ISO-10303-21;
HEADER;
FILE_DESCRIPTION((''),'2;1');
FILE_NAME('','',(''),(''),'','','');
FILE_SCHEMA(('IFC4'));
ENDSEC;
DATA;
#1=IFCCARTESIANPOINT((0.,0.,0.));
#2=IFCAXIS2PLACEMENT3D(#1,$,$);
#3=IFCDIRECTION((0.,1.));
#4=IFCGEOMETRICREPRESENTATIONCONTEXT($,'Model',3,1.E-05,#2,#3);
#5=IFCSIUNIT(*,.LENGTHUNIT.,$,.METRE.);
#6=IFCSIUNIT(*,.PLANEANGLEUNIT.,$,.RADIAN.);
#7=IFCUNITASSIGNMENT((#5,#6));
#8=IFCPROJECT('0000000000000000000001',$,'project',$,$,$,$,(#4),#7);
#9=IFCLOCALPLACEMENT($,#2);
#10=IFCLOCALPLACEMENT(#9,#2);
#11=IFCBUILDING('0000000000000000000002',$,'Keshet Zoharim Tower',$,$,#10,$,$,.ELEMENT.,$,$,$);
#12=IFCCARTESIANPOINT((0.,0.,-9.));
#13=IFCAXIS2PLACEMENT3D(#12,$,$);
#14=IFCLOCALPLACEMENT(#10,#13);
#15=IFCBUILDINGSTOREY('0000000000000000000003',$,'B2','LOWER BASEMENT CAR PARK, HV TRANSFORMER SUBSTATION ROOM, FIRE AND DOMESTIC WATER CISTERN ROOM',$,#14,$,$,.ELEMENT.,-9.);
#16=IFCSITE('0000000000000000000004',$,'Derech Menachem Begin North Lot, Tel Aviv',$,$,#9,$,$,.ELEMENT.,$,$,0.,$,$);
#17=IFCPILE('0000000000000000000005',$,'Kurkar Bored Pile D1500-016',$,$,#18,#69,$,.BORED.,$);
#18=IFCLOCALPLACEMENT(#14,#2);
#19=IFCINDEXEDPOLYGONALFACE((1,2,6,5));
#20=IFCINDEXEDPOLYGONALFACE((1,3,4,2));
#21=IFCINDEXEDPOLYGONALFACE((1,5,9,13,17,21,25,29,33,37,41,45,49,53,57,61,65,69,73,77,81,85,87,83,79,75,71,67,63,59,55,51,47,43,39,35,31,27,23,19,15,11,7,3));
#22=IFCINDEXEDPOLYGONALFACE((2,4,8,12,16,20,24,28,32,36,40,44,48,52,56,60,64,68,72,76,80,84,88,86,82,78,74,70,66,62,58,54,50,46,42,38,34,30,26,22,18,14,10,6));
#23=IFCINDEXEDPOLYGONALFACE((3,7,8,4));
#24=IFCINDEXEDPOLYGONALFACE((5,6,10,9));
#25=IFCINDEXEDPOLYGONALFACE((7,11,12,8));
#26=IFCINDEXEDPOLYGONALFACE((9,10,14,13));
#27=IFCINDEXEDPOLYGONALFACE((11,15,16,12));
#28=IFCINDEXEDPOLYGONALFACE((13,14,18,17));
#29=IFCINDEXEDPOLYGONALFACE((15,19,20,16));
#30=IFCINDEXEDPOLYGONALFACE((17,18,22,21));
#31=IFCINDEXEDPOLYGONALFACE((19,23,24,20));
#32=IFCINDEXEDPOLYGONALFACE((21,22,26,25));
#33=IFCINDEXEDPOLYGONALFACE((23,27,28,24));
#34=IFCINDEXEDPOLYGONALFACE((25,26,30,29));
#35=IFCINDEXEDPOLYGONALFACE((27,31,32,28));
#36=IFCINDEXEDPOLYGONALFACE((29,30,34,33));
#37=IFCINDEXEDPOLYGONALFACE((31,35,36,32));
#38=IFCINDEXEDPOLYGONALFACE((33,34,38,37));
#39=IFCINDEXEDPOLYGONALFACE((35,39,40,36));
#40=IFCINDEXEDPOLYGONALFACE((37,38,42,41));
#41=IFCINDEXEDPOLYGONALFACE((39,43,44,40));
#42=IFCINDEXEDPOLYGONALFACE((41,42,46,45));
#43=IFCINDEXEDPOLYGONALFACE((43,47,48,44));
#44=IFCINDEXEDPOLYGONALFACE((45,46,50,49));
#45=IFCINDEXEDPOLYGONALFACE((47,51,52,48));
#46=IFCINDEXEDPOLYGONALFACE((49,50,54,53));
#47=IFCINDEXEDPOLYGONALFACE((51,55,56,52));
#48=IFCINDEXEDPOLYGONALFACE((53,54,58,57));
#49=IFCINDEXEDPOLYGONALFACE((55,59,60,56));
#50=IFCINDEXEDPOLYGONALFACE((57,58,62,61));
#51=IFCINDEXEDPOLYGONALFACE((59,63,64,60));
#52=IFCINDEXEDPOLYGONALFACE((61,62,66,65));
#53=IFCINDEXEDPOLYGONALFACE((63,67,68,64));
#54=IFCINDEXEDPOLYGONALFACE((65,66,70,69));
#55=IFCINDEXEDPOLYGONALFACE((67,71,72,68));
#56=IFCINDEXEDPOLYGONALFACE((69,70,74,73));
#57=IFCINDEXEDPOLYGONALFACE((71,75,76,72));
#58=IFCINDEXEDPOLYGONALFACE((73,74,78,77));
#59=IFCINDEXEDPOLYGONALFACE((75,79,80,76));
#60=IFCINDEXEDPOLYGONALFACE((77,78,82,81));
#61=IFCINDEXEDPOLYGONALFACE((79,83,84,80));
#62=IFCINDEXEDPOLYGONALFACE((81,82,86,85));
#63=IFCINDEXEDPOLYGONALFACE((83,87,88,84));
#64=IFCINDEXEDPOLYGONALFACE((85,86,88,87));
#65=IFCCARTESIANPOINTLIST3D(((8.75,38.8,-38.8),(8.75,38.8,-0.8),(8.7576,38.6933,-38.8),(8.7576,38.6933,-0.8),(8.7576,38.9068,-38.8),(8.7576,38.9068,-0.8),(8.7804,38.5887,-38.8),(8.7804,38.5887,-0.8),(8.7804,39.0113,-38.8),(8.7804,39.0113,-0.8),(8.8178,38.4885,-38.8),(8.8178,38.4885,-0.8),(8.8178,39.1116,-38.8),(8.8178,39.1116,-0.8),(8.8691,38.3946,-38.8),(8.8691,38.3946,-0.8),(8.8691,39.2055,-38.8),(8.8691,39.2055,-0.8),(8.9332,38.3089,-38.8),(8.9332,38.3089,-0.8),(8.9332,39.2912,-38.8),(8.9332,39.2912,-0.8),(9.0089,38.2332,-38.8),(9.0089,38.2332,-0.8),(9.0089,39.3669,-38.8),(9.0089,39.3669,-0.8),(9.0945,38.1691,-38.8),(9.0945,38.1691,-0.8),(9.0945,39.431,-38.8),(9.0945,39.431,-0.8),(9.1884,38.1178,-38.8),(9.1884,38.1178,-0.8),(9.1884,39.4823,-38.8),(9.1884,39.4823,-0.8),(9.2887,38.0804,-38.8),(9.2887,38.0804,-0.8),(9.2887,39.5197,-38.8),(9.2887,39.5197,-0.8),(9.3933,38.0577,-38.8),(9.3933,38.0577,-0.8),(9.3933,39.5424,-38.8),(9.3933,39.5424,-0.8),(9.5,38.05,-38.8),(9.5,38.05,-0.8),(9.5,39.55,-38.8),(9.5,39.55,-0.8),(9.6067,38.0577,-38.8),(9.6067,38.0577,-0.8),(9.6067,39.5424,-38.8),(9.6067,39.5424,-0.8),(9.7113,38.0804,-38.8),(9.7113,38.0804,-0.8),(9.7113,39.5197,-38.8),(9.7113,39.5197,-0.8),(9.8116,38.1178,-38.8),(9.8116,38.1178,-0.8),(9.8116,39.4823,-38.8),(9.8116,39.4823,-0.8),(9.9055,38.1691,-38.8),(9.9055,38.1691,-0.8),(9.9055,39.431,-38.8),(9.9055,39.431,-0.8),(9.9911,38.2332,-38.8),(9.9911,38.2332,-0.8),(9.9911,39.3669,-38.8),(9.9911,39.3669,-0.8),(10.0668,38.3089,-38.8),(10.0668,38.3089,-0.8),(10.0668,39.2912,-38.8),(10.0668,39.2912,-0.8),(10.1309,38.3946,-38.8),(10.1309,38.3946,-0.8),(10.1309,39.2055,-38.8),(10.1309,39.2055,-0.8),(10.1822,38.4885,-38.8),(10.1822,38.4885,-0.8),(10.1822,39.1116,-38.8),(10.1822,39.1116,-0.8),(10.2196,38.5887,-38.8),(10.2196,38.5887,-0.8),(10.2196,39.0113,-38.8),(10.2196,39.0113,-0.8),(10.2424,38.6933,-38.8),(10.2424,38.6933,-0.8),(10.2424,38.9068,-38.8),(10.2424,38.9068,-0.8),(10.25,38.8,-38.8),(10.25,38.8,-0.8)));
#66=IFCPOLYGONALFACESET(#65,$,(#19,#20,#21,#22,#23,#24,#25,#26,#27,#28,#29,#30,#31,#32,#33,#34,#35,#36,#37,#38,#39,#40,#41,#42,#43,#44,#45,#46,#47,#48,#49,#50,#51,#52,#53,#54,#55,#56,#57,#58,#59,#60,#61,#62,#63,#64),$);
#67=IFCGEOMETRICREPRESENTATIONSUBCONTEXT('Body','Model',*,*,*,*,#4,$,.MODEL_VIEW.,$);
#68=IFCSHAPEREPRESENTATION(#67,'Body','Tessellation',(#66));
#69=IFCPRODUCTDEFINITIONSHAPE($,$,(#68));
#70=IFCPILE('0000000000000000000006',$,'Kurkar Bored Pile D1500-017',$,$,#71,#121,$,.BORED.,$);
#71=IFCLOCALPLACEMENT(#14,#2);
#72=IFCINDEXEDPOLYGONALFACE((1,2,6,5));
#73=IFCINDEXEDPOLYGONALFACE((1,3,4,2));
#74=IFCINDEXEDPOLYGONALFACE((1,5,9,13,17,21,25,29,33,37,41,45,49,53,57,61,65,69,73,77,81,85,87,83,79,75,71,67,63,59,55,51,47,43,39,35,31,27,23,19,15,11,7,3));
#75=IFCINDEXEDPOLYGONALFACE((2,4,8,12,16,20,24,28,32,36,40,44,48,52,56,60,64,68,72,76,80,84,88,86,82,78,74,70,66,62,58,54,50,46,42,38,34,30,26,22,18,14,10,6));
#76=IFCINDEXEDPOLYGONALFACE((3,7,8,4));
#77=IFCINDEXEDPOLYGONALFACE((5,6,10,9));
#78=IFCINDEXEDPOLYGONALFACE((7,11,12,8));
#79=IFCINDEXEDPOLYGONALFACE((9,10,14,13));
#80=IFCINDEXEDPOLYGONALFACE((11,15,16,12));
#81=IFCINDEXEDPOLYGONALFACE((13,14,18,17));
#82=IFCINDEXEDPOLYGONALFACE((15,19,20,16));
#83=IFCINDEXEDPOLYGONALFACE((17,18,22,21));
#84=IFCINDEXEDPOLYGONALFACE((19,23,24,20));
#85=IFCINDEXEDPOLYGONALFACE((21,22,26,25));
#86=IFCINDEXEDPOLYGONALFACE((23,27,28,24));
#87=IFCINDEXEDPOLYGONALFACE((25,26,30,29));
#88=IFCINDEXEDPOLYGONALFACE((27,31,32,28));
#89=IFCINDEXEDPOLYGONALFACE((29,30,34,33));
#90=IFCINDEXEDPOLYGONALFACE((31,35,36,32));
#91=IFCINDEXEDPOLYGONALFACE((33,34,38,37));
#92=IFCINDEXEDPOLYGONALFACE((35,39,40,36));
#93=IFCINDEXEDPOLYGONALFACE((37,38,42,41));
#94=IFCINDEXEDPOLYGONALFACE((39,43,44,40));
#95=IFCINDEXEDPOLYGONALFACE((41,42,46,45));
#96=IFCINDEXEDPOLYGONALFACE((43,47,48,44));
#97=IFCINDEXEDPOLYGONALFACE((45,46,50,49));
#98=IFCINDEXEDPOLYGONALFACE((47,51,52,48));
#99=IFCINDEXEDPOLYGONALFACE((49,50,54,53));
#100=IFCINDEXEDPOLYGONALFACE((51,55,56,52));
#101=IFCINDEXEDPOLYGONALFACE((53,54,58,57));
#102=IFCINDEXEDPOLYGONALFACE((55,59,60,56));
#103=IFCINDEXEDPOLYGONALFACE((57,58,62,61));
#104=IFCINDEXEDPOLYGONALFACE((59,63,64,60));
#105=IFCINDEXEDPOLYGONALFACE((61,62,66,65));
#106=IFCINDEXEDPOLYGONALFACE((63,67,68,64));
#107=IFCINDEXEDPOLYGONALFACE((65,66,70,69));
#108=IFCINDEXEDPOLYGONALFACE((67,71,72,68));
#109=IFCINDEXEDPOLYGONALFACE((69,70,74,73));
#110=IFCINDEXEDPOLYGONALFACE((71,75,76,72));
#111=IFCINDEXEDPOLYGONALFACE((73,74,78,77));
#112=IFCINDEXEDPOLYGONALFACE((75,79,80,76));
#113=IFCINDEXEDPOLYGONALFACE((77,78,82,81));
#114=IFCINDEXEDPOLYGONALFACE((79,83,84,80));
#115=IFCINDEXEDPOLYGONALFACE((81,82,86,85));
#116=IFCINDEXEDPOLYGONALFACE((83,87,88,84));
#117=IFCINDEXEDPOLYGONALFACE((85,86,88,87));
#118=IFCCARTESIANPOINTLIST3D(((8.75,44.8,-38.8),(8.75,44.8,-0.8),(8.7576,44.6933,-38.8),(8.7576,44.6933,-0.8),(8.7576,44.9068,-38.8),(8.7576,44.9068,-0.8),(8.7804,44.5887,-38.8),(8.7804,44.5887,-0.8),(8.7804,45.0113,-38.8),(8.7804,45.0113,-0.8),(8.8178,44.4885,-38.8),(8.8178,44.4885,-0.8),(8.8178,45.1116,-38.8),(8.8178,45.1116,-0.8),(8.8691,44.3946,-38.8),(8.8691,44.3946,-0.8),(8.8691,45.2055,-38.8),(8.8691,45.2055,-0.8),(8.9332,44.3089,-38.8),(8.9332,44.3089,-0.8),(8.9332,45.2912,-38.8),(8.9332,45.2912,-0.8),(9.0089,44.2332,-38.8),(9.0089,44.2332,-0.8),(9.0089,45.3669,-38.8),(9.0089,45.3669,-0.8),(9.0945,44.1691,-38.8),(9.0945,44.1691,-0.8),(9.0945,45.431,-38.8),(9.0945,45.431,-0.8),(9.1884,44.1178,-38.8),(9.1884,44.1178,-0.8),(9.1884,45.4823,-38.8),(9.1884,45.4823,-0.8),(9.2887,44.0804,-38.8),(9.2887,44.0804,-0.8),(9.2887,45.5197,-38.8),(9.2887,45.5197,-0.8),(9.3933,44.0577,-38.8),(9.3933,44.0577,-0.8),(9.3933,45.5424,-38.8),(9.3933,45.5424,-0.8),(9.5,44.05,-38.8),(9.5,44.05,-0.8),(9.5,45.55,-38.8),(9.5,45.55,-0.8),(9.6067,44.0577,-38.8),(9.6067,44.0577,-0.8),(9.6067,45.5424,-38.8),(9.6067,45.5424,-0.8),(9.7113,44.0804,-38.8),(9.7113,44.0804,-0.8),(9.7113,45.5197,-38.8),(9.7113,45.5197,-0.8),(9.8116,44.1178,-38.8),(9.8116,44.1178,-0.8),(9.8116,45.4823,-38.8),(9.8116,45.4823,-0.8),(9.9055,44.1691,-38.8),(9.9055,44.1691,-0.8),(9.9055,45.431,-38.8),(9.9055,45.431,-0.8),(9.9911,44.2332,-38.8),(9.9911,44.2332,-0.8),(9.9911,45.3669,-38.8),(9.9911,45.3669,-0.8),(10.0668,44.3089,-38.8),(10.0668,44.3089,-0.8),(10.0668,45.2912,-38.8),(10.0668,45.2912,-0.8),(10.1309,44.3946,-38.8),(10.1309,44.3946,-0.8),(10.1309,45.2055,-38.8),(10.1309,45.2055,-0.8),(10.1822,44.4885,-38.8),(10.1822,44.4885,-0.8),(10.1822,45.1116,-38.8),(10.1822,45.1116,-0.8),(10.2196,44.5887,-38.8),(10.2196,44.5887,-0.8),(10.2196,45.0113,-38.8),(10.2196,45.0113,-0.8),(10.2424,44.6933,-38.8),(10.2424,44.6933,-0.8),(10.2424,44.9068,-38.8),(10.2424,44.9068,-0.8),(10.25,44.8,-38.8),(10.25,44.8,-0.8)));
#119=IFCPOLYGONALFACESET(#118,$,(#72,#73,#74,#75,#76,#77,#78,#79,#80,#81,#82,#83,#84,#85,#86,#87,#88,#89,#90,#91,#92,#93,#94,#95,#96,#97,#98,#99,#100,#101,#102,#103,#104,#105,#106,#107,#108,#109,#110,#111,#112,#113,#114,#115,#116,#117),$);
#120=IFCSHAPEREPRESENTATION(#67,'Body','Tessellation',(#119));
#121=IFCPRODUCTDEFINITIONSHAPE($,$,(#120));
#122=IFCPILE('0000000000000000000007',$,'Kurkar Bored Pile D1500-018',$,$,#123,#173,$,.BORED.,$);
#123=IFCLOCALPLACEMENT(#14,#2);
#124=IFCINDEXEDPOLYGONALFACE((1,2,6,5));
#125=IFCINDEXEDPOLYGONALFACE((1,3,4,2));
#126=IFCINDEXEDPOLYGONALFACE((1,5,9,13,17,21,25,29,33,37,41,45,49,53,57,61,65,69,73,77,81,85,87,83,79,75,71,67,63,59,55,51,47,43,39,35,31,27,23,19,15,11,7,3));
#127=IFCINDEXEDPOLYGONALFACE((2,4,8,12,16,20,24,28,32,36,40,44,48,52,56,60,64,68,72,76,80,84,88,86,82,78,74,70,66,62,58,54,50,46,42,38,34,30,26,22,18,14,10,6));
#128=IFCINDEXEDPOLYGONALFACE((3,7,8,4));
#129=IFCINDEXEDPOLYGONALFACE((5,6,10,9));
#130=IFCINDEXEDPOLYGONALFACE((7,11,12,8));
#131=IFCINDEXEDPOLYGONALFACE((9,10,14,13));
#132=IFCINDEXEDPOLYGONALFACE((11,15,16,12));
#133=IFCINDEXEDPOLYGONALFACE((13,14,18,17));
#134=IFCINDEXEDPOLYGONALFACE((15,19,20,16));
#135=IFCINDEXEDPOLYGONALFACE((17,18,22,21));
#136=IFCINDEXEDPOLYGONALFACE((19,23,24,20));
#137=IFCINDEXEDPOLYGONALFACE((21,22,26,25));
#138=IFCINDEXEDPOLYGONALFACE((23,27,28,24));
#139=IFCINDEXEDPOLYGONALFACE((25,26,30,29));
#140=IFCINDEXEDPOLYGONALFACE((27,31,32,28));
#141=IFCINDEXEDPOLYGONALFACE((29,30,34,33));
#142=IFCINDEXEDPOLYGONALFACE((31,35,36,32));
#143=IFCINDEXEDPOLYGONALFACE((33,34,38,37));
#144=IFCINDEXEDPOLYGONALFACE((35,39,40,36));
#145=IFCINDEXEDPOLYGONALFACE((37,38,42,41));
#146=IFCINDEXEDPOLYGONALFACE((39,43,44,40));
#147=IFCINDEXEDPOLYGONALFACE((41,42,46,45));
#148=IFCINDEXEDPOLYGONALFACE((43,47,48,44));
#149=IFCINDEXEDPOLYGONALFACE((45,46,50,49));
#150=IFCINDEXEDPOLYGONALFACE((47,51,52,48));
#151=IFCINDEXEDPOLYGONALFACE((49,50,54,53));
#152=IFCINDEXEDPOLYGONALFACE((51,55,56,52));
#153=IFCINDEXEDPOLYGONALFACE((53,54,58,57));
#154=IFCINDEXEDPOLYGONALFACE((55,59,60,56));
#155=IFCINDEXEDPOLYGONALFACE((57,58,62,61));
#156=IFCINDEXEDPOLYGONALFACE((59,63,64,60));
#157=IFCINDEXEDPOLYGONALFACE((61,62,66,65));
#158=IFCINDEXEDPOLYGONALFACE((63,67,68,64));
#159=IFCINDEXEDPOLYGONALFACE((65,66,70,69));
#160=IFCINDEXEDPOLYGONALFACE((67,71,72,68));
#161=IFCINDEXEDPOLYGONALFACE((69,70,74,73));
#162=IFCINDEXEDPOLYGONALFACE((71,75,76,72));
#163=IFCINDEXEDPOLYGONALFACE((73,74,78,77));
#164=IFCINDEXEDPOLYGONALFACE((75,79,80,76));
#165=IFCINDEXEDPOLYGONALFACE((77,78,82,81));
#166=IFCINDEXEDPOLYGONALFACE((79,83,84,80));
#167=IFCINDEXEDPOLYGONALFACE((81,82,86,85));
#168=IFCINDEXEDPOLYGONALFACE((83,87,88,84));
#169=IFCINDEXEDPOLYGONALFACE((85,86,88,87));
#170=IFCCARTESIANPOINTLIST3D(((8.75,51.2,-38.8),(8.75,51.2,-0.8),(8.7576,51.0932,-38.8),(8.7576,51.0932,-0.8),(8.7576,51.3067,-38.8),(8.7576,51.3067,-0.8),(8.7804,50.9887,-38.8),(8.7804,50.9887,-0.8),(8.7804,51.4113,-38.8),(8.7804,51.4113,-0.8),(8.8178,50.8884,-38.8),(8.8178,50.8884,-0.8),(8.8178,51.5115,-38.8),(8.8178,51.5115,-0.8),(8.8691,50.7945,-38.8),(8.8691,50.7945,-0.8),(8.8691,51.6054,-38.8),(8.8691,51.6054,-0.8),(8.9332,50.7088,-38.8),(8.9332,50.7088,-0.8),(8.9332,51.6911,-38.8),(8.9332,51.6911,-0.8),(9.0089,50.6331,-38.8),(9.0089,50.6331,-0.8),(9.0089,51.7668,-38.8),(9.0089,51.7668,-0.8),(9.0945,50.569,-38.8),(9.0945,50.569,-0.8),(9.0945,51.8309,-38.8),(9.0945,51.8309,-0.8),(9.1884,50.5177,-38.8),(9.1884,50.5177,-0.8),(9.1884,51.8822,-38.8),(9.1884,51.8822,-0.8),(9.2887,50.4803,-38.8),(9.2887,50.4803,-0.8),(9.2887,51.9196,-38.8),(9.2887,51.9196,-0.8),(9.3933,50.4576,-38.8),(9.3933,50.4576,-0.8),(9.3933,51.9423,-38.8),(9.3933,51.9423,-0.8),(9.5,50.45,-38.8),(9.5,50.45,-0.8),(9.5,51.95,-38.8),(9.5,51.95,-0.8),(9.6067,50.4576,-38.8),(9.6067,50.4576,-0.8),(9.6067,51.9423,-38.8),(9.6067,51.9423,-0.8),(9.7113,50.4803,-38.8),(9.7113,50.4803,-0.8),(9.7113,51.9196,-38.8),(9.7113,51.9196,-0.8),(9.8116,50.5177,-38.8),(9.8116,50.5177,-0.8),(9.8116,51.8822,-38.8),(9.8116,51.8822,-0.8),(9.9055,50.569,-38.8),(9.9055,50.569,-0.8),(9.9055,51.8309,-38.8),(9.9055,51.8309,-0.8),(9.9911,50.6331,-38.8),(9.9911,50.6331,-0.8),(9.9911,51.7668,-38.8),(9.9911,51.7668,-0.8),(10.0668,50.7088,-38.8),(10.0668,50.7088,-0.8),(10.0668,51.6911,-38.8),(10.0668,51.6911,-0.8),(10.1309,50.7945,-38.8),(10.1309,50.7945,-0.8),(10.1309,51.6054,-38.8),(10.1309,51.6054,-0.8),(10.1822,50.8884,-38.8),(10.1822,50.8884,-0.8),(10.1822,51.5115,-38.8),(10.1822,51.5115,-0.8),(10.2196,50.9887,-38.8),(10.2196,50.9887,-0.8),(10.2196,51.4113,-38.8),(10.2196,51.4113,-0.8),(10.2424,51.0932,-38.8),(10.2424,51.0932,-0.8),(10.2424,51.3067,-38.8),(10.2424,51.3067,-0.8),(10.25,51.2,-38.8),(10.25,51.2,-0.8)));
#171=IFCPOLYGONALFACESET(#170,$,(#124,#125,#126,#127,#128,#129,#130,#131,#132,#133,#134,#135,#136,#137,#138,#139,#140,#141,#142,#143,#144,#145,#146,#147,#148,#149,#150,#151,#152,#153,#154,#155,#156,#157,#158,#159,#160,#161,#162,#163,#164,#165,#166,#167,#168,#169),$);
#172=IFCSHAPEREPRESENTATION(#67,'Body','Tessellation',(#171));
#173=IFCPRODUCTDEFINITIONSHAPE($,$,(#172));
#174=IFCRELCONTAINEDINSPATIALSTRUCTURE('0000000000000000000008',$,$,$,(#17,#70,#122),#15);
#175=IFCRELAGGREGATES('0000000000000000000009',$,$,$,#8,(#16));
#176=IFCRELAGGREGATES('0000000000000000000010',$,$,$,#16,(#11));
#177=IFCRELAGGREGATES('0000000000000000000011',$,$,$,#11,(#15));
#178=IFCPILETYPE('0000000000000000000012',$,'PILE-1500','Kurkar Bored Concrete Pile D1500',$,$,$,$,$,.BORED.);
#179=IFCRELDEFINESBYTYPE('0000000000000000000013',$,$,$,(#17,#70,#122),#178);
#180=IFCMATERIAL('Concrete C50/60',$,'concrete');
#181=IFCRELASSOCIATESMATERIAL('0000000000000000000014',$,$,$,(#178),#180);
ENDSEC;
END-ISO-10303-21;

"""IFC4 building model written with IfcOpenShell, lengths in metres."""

from ifc_helpers import new_model, si_unit, direction, frame, origin, origin_2d, place, context, subcontext, project, spatial, circle, extrude, material, material_profile, profile_set, type_object, element, save


model = new_model("IFC4")

# Units and contexts
model_context = context("Model", 3, precision=1e-05, world=origin(), true_north=direction((0.0, 1.0)))
body_context = subcontext(model_context, "Body", "Model", "MODEL_VIEW")
ifc_project = project(units=[si_unit("LENGTHUNIT", "METRE"), si_unit("PLANEANGLEUNIT", "RADIAN")], contexts=[model_context])

# Site, building, storey
site_placement = place(None, origin())
site = spatial("IfcSite", under=ifc_project, at=site_placement, Name="Derech Menachem Begin North Lot, Tel Aviv", CompositionType="ELEMENT", RefElevation=0.0)
building_placement = place(site_placement, origin())
building = spatial("IfcBuilding", under=site, at=building_placement, Name="Keshet Zoharim Tower", CompositionType="ELEMENT")
storey_placement = place(building_placement, frame((0.0, 0.0, -9.0)))
storey = spatial("IfcBuildingStorey", under=building, at=storey_placement, Name="B2", Description="LOWER BASEMENT CAR PARK, HV TRANSFORMER SUBSTATION ROOM, FIRE AND DOMESTIC WATER CISTERN ROOM", CompositionType="ELEMENT", Elevation=-9.0)

# Piles
ifc_material_1 = material(Name="Concrete C50/60", Category="concrete")
ifc_material_profile_1 = material_profile(ifc_material_1, circle(Radius=0.75, at=origin_2d()), Name="PILE-D1500")
ifc_profile_set_1 = profile_set([ifc_material_profile_1], Name="Concrete C50/60")
pile_type = type_object("IfcPileType", Name="PILE-1500", Description="Kurkar Bored Concrete Pile D1500", PredefinedType="BORED", material=ifc_profile_set_1)
for number, where, z_axis, x_axis, name in (
    (1, (9.5, 38.8, -0.8), (0.0, 0.0, -1.0), (1.0, 0.0, 0.0), "Kurkar Bored Pile D1500-016"),
    (2, (9.5, 44.8, -0.8), (0.0, 0.0, -1.0), (1.0, 0.0, 0.0), "Kurkar Bored Pile D1500-017"),
    (3, (9.5, 51.2, -0.8), (0.0, 0.0, -1.0), (1.0, 0.0, 0.0), "Kurkar Bored Pile D1500-018"),
):
    element("IfcPile", number, at=place(storey_placement, frame(where, z_axis=z_axis, x_axis=x_axis)), inside=storey, type_object=pile_type, Name=name, PredefinedType="BORED", context=body_context, shape_type="SweptSolid", body=[
        extrude(circle(Radius=0.75, at=origin_2d()), origin(), (0.0, 0.0, 1.0), 38.0),
    ])

save(model, "model.ifc")
